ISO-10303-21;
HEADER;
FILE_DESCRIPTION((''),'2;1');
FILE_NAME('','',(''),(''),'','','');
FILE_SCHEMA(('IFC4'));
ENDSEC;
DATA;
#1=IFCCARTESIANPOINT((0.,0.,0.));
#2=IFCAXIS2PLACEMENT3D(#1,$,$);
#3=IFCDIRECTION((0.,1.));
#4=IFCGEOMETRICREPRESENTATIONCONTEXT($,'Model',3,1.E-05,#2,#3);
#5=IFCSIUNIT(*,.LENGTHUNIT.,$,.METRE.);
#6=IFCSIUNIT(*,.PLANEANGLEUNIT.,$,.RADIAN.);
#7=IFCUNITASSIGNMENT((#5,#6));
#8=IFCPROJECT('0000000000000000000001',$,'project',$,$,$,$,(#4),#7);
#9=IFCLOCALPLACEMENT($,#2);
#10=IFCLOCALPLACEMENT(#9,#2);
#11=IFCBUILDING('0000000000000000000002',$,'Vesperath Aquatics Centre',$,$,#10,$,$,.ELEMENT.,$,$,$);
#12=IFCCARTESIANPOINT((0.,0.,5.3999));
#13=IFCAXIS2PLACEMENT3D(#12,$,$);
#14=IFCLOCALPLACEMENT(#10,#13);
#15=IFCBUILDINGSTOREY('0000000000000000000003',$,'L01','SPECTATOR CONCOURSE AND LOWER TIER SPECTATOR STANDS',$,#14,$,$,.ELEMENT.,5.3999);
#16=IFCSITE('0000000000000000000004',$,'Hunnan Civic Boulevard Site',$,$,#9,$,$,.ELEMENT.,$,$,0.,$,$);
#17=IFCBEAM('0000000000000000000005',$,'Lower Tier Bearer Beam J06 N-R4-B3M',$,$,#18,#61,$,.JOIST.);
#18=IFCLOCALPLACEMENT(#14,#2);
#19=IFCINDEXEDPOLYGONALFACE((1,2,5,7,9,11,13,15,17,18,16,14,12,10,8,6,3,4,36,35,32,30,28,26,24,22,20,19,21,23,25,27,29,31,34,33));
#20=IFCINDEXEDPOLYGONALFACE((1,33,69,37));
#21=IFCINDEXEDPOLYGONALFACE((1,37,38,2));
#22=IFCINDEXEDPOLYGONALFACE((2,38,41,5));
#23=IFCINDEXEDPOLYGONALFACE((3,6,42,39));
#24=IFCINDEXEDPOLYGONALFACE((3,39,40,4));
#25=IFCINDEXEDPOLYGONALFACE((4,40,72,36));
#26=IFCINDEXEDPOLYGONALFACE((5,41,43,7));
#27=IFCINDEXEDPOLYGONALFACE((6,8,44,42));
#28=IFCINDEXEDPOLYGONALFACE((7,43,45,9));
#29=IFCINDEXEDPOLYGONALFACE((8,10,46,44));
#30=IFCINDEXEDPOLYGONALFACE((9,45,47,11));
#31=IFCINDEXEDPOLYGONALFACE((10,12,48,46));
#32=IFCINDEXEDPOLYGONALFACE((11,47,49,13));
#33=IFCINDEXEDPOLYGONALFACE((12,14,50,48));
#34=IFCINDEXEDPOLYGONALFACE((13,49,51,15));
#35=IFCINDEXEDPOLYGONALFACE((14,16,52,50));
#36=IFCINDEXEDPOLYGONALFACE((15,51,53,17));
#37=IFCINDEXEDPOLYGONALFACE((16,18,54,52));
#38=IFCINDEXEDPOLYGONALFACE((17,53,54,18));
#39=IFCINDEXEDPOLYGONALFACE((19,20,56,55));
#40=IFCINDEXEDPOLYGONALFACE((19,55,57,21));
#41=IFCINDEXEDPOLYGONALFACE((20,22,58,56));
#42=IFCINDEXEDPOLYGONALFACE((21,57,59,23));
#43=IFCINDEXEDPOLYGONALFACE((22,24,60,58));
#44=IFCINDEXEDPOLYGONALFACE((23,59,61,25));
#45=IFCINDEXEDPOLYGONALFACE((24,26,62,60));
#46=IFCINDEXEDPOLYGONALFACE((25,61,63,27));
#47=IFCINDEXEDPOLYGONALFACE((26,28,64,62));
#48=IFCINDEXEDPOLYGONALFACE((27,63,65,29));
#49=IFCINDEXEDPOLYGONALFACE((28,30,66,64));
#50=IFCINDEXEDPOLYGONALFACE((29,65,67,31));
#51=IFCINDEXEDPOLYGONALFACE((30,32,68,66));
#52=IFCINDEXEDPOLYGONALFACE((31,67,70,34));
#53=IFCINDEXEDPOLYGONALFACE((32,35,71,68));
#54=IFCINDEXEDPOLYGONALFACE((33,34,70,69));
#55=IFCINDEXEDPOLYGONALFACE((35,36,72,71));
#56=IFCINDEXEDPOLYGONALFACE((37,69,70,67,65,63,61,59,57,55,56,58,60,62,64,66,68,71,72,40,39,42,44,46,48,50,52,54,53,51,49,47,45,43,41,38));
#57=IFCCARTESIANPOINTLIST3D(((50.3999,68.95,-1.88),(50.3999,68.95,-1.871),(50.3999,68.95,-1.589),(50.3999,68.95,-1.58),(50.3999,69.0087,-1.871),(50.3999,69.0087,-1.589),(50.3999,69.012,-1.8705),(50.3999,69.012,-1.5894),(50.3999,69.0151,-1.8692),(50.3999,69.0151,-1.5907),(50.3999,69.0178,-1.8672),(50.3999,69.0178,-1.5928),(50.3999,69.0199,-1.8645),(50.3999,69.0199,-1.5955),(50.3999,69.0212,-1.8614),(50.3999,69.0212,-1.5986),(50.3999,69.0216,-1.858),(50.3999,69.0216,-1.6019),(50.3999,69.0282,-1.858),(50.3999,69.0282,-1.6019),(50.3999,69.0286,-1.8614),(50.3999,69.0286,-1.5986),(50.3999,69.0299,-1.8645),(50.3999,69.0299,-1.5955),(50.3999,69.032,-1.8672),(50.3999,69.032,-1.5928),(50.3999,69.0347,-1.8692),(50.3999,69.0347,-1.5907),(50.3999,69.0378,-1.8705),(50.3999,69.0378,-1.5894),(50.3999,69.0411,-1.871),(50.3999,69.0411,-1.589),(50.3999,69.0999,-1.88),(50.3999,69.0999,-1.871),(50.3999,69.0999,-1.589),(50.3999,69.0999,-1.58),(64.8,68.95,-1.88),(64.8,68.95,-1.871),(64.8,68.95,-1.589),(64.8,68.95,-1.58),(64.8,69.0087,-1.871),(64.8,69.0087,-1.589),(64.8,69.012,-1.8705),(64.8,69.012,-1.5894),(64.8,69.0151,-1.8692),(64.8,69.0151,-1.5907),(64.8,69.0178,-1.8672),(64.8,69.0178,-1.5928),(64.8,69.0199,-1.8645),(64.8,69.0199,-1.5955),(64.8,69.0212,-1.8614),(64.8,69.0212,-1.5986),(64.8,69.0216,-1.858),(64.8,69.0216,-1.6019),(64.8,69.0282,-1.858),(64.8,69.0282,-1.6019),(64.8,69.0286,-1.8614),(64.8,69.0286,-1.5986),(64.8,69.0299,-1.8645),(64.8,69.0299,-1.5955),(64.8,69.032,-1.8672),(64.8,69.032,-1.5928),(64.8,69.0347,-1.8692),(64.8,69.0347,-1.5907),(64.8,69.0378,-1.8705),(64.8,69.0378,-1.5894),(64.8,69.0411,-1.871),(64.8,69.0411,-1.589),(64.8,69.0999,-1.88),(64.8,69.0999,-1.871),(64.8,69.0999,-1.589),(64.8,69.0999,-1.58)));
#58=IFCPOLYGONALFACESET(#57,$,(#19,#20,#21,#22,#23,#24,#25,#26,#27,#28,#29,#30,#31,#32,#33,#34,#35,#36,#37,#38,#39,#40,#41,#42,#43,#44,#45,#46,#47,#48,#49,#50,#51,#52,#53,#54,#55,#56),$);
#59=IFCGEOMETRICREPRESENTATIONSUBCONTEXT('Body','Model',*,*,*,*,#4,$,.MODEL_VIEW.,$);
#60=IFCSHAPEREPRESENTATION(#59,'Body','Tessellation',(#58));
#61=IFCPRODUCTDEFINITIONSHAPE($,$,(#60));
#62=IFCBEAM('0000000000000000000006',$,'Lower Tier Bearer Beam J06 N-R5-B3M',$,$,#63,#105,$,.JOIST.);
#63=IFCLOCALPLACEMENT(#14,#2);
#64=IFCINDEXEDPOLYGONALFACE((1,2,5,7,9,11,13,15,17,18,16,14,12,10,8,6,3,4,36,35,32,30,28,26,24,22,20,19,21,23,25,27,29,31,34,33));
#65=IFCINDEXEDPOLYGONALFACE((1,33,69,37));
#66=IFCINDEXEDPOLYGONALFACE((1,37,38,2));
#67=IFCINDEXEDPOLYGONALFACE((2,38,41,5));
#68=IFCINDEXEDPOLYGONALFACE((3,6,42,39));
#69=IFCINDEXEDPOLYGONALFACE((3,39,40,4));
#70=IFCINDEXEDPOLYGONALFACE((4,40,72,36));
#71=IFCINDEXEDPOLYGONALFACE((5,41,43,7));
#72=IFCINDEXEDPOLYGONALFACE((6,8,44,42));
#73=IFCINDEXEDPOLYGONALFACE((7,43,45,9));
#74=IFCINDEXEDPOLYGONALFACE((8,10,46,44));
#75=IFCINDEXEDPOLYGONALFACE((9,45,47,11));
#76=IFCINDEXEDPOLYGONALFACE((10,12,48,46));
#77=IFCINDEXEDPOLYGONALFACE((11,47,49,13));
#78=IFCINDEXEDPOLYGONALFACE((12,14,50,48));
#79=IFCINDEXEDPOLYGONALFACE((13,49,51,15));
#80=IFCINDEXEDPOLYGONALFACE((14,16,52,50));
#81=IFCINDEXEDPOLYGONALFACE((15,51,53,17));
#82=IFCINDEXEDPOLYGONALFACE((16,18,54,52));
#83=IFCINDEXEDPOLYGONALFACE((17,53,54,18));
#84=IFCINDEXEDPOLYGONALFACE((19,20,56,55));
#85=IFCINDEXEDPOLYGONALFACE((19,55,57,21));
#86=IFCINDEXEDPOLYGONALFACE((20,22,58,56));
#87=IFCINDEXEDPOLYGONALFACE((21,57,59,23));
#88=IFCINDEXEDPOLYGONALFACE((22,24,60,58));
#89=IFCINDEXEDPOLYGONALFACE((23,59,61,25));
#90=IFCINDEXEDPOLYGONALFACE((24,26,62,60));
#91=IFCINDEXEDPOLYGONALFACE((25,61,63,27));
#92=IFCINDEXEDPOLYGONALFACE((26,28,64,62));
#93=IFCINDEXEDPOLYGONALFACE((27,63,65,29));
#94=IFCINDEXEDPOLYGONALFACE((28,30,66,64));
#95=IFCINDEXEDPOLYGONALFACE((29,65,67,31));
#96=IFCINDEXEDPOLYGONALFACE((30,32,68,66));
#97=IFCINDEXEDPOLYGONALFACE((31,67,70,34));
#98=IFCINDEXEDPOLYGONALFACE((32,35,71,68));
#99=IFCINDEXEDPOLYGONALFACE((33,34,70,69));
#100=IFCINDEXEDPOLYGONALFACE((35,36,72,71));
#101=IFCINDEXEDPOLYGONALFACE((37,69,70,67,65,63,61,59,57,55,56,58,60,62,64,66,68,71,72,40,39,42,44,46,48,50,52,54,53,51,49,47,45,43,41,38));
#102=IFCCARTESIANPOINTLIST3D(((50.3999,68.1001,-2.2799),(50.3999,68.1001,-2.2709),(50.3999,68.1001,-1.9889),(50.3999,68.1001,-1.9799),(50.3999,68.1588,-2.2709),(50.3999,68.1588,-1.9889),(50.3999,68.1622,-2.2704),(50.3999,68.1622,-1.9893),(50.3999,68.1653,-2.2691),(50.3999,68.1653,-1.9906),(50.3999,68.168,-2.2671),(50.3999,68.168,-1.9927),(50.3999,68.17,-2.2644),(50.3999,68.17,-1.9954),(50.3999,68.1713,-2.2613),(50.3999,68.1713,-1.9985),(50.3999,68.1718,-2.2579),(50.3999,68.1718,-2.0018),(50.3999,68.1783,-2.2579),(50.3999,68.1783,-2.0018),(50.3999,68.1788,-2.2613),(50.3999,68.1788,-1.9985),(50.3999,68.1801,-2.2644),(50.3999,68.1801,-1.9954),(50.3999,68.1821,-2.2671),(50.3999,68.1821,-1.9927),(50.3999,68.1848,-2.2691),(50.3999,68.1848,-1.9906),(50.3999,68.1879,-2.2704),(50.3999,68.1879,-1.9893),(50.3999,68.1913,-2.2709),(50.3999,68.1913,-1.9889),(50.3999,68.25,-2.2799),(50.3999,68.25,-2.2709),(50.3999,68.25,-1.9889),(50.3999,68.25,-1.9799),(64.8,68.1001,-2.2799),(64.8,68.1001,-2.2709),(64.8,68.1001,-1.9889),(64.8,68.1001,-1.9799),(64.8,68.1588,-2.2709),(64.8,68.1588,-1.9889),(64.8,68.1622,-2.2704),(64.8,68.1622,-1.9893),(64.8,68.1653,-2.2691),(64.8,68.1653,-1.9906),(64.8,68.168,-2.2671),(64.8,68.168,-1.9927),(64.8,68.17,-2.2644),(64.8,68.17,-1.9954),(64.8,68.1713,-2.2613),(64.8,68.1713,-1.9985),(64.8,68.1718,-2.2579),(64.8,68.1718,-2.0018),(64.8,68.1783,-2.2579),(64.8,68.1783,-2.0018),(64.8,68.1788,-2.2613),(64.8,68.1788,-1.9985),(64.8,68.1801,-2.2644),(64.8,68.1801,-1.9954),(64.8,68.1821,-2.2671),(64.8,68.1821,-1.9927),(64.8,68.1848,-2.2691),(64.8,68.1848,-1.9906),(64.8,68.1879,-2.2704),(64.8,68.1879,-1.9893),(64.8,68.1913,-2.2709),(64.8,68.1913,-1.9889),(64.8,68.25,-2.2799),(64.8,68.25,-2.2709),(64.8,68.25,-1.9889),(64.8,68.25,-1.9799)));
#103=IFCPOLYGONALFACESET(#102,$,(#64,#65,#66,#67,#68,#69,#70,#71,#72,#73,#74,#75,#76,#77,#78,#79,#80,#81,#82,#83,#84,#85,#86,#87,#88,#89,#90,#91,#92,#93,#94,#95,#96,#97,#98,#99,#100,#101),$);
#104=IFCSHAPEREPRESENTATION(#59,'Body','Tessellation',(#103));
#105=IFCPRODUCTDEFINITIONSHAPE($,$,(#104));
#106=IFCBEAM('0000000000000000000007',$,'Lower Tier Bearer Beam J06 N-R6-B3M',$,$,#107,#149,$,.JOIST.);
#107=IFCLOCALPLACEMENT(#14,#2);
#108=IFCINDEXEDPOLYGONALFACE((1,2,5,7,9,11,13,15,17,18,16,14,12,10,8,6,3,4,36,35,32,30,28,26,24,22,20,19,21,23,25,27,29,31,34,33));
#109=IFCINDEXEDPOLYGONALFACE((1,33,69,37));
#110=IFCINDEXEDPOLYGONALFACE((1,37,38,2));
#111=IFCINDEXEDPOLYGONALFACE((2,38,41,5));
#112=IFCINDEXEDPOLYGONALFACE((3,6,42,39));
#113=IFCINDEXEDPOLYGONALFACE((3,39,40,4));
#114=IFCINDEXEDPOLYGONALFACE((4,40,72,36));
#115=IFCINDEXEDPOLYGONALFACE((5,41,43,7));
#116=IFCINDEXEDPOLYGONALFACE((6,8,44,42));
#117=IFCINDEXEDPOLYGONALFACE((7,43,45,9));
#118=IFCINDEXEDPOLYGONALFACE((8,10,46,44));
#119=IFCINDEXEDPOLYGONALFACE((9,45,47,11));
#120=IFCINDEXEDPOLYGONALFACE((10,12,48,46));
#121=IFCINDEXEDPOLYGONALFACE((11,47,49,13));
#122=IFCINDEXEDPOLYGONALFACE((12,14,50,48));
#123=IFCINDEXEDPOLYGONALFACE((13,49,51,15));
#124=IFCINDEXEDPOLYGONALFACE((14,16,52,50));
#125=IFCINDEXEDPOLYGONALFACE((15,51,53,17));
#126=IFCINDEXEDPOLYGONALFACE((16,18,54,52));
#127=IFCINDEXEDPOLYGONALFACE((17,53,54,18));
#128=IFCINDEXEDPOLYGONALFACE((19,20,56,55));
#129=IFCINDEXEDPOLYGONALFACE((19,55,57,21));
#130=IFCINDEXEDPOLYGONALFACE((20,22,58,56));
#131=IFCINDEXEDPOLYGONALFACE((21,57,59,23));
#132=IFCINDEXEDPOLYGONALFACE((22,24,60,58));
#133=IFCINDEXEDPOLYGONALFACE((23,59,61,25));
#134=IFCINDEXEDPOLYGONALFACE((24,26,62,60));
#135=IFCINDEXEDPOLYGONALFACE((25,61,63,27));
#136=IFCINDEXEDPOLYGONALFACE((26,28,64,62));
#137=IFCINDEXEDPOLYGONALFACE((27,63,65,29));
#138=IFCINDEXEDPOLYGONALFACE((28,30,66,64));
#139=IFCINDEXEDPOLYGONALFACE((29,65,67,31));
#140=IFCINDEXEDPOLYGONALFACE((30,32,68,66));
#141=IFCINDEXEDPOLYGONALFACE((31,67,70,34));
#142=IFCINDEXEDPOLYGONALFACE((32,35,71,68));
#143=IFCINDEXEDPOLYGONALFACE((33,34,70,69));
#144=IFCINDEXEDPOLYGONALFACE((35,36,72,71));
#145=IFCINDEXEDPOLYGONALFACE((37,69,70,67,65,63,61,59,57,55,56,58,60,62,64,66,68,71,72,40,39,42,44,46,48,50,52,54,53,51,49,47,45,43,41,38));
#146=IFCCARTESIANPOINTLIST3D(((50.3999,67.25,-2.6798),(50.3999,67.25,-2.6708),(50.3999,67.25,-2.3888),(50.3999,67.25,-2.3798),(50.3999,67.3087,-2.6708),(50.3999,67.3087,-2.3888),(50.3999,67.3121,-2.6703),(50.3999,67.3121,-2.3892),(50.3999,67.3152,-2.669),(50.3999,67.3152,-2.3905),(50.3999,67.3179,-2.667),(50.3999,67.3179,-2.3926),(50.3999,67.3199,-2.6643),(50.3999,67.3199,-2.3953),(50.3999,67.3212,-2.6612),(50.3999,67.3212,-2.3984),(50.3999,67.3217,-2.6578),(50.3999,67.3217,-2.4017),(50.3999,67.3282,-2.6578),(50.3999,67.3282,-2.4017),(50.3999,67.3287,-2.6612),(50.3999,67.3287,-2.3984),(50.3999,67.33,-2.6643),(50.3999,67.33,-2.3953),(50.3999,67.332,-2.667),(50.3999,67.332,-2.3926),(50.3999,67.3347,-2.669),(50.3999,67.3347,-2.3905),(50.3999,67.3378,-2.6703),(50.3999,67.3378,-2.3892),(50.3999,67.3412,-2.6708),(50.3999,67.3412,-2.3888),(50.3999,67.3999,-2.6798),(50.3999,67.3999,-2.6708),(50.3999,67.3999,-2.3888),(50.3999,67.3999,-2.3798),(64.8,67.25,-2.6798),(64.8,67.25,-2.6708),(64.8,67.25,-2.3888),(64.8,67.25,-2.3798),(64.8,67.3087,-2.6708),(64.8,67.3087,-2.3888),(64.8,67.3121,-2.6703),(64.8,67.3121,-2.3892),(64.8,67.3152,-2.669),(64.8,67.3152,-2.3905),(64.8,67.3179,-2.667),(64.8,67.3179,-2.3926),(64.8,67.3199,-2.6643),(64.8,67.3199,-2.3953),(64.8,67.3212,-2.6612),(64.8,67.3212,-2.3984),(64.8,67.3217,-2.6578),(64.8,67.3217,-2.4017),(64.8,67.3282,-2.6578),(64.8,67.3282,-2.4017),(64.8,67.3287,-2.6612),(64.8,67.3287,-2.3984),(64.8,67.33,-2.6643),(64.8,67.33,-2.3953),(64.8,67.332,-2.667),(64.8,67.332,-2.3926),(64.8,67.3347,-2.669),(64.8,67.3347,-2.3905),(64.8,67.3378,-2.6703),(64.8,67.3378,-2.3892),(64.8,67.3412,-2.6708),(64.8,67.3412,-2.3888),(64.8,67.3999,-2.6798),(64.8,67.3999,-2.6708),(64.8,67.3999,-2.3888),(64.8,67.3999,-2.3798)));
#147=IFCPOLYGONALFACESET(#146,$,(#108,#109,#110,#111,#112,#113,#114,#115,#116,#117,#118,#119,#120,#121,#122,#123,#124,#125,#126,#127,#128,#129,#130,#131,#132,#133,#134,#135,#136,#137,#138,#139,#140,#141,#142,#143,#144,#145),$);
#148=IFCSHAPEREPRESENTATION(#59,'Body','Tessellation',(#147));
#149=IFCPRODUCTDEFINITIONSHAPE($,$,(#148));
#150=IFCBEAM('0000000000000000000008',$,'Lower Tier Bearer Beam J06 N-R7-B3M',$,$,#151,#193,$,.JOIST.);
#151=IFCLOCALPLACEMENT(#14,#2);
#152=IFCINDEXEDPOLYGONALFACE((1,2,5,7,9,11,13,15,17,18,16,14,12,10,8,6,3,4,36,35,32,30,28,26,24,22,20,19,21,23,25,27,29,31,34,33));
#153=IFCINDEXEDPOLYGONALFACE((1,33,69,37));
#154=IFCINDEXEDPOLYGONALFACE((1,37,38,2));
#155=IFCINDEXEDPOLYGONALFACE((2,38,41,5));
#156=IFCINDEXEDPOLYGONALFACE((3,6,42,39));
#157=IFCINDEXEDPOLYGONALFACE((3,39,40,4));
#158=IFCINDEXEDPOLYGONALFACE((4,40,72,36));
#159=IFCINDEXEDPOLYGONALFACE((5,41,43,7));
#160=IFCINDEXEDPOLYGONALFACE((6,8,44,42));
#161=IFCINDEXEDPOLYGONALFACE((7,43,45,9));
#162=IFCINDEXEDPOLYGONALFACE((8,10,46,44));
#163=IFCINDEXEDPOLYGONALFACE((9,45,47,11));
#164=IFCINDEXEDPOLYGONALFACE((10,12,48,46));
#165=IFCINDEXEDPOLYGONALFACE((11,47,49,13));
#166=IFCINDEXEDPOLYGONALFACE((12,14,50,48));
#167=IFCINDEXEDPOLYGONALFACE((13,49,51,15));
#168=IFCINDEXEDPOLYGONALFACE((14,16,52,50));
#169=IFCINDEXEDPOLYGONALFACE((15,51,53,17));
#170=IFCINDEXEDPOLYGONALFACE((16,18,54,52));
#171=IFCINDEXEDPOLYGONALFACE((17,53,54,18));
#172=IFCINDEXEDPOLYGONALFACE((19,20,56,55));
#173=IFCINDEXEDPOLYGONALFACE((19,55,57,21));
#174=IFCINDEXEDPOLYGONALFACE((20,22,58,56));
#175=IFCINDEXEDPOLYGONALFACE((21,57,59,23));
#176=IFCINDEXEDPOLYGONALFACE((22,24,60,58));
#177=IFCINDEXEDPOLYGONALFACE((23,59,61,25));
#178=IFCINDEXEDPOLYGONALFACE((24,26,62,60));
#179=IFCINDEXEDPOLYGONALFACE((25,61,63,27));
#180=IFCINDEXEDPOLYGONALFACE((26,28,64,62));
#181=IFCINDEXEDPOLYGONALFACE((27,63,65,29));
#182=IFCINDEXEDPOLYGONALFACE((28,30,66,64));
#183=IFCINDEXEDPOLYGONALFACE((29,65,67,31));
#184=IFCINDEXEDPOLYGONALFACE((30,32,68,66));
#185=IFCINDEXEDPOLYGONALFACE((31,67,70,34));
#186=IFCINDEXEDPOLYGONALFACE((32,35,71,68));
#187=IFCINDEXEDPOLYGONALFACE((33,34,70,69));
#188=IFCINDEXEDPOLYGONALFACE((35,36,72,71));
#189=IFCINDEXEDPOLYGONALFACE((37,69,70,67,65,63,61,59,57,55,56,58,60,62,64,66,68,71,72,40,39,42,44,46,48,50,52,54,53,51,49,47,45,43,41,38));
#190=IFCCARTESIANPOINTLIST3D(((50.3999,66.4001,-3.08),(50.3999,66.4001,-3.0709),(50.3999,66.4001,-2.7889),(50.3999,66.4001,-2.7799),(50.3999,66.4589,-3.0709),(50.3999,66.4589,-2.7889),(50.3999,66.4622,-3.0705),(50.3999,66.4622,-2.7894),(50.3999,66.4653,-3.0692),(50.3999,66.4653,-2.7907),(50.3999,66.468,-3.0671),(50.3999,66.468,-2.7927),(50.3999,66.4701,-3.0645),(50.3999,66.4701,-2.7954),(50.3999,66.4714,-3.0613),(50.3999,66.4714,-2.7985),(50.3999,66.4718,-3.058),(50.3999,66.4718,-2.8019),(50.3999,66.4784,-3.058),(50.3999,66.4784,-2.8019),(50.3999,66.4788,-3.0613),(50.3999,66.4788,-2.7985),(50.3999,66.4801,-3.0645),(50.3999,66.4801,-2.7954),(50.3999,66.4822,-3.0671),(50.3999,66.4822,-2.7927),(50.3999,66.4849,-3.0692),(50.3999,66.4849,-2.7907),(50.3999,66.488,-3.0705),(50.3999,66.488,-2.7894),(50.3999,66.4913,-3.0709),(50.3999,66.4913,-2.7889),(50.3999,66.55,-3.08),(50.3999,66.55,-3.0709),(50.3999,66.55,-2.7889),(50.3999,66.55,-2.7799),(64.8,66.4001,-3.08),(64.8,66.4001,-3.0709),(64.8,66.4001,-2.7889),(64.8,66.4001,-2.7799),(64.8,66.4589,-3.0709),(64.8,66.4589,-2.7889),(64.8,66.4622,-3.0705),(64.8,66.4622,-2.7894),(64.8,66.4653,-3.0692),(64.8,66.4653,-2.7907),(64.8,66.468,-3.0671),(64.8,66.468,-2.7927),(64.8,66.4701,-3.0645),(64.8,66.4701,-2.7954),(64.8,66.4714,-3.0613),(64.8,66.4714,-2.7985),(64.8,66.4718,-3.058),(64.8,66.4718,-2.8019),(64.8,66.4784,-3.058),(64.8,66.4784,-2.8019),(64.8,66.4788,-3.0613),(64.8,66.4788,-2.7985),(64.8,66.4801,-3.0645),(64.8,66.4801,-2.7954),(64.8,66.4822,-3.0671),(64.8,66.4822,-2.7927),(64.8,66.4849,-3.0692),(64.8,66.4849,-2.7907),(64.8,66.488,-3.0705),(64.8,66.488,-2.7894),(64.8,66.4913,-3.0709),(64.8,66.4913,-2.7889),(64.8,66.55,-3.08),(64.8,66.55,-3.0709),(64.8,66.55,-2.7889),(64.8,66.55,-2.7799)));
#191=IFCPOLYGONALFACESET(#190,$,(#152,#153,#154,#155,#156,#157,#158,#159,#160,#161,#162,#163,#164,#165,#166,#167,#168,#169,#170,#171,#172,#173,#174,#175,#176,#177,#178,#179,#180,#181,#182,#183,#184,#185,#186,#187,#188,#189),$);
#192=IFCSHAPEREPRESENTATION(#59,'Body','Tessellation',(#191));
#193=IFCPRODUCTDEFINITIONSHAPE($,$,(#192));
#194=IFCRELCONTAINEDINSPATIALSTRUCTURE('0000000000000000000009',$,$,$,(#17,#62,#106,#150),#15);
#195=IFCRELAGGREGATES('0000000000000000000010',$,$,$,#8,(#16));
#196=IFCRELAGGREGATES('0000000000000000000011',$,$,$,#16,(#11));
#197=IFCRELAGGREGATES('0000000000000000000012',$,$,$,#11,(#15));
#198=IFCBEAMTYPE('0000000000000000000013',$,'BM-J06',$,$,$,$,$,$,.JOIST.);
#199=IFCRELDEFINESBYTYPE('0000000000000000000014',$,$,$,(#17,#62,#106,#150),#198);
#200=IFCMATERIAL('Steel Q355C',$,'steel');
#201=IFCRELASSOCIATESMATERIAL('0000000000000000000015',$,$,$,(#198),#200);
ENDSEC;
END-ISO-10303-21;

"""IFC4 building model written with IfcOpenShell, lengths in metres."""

from ifc_helpers import new_model, si_unit, direction, frame, origin, origin_2d, place, context, subcontext, project, spatial, i_section, extrude, material, material_profile, profile_set, type_object, element, save


model = new_model("IFC4")

# Units and contexts
model_context = context("Model", 3, precision=1e-05, world=origin(), true_north=direction((0.0, 1.0)))
body_context = subcontext(model_context, "Body", "Model", "MODEL_VIEW")
ifc_project = project(units=[si_unit("LENGTHUNIT", "METRE"), si_unit("PLANEANGLEUNIT", "RADIAN")], contexts=[model_context])

# Site, building, storey
site_placement = place(None, origin())
site = spatial("IfcSite", under=ifc_project, at=site_placement, Name="Hunnan Civic Boulevard Site", CompositionType="ELEMENT", RefElevation=0.0)
building_placement = place(site_placement, origin())
building = spatial("IfcBuilding", under=site, at=building_placement, Name="Vesperath Aquatics Centre", CompositionType="ELEMENT")
storey_placement = place(building_placement, frame((0.0, 0.0, 5.3999)))
storey = spatial("IfcBuildingStorey", under=building, at=storey_placement, Name="L01", Description="SPECTATOR CONCOURSE AND LOWER TIER SPECTATOR STANDS", CompositionType="ELEMENT", Elevation=5.3999)

# Beams
ifc_material_1 = material(Name="Steel Q355C", Category="steel")
ifc_material_profile_1 = material_profile(ifc_material_1, i_section(OverallWidth=0.1499, OverallDepth=0.3, WebThickness=0.0066, FlangeThickness=0.009, FilletRadius=0.0129, at=origin_2d()), Name="HN 300x150x6.5x9")
ifc_profile_set_1 = profile_set([ifc_material_profile_1], Name="Steel Q355C")
beam_type_1 = type_object("IfcBeamType", Name="BM-J06", PredefinedType="JOIST", material=ifc_profile_set_1)
for number, where, z_axis, x_axis, name in (
    (1, (50.3999, 69.0249, -1.73), (1.0, 0.0, 0.0), (0.0, 1.0, 0.0), "Lower Tier Bearer Beam J06 N-R4-B3M"),
    (2, (50.3999, 68.175, -2.1299), (1.0, 0.0, 0.0), (0.0, 1.0, 0.0), "Lower Tier Bearer Beam J06 N-R5-B3M"),
    (3, (50.3999, 67.325, -2.5298), (1.0, 0.0, 0.0), (0.0, 1.0, 0.0), "Lower Tier Bearer Beam J06 N-R6-B3M"),
    (4, (50.3999, 66.4751, -2.9299), (1.0, 0.0, 0.0), (0.0, 1.0, 0.0), "Lower Tier Bearer Beam J06 N-R7-B3M"),
):
    element("IfcBeam", number, at=place(storey_placement, frame(where, z_axis=z_axis, x_axis=x_axis)), inside=storey, type_object=beam_type_1, Name=name, PredefinedType="JOIST", context=body_context, shape_type="SweptSolid", body=[
        extrude(i_section(OverallWidth=0.1499, OverallDepth=0.3, WebThickness=0.0066, FlangeThickness=0.009, FilletRadius=0.0129, at=origin_2d()), origin(), (0.0, 0.0, 1.0), 14.4001),
    ])

save(model, "model.ifc")
